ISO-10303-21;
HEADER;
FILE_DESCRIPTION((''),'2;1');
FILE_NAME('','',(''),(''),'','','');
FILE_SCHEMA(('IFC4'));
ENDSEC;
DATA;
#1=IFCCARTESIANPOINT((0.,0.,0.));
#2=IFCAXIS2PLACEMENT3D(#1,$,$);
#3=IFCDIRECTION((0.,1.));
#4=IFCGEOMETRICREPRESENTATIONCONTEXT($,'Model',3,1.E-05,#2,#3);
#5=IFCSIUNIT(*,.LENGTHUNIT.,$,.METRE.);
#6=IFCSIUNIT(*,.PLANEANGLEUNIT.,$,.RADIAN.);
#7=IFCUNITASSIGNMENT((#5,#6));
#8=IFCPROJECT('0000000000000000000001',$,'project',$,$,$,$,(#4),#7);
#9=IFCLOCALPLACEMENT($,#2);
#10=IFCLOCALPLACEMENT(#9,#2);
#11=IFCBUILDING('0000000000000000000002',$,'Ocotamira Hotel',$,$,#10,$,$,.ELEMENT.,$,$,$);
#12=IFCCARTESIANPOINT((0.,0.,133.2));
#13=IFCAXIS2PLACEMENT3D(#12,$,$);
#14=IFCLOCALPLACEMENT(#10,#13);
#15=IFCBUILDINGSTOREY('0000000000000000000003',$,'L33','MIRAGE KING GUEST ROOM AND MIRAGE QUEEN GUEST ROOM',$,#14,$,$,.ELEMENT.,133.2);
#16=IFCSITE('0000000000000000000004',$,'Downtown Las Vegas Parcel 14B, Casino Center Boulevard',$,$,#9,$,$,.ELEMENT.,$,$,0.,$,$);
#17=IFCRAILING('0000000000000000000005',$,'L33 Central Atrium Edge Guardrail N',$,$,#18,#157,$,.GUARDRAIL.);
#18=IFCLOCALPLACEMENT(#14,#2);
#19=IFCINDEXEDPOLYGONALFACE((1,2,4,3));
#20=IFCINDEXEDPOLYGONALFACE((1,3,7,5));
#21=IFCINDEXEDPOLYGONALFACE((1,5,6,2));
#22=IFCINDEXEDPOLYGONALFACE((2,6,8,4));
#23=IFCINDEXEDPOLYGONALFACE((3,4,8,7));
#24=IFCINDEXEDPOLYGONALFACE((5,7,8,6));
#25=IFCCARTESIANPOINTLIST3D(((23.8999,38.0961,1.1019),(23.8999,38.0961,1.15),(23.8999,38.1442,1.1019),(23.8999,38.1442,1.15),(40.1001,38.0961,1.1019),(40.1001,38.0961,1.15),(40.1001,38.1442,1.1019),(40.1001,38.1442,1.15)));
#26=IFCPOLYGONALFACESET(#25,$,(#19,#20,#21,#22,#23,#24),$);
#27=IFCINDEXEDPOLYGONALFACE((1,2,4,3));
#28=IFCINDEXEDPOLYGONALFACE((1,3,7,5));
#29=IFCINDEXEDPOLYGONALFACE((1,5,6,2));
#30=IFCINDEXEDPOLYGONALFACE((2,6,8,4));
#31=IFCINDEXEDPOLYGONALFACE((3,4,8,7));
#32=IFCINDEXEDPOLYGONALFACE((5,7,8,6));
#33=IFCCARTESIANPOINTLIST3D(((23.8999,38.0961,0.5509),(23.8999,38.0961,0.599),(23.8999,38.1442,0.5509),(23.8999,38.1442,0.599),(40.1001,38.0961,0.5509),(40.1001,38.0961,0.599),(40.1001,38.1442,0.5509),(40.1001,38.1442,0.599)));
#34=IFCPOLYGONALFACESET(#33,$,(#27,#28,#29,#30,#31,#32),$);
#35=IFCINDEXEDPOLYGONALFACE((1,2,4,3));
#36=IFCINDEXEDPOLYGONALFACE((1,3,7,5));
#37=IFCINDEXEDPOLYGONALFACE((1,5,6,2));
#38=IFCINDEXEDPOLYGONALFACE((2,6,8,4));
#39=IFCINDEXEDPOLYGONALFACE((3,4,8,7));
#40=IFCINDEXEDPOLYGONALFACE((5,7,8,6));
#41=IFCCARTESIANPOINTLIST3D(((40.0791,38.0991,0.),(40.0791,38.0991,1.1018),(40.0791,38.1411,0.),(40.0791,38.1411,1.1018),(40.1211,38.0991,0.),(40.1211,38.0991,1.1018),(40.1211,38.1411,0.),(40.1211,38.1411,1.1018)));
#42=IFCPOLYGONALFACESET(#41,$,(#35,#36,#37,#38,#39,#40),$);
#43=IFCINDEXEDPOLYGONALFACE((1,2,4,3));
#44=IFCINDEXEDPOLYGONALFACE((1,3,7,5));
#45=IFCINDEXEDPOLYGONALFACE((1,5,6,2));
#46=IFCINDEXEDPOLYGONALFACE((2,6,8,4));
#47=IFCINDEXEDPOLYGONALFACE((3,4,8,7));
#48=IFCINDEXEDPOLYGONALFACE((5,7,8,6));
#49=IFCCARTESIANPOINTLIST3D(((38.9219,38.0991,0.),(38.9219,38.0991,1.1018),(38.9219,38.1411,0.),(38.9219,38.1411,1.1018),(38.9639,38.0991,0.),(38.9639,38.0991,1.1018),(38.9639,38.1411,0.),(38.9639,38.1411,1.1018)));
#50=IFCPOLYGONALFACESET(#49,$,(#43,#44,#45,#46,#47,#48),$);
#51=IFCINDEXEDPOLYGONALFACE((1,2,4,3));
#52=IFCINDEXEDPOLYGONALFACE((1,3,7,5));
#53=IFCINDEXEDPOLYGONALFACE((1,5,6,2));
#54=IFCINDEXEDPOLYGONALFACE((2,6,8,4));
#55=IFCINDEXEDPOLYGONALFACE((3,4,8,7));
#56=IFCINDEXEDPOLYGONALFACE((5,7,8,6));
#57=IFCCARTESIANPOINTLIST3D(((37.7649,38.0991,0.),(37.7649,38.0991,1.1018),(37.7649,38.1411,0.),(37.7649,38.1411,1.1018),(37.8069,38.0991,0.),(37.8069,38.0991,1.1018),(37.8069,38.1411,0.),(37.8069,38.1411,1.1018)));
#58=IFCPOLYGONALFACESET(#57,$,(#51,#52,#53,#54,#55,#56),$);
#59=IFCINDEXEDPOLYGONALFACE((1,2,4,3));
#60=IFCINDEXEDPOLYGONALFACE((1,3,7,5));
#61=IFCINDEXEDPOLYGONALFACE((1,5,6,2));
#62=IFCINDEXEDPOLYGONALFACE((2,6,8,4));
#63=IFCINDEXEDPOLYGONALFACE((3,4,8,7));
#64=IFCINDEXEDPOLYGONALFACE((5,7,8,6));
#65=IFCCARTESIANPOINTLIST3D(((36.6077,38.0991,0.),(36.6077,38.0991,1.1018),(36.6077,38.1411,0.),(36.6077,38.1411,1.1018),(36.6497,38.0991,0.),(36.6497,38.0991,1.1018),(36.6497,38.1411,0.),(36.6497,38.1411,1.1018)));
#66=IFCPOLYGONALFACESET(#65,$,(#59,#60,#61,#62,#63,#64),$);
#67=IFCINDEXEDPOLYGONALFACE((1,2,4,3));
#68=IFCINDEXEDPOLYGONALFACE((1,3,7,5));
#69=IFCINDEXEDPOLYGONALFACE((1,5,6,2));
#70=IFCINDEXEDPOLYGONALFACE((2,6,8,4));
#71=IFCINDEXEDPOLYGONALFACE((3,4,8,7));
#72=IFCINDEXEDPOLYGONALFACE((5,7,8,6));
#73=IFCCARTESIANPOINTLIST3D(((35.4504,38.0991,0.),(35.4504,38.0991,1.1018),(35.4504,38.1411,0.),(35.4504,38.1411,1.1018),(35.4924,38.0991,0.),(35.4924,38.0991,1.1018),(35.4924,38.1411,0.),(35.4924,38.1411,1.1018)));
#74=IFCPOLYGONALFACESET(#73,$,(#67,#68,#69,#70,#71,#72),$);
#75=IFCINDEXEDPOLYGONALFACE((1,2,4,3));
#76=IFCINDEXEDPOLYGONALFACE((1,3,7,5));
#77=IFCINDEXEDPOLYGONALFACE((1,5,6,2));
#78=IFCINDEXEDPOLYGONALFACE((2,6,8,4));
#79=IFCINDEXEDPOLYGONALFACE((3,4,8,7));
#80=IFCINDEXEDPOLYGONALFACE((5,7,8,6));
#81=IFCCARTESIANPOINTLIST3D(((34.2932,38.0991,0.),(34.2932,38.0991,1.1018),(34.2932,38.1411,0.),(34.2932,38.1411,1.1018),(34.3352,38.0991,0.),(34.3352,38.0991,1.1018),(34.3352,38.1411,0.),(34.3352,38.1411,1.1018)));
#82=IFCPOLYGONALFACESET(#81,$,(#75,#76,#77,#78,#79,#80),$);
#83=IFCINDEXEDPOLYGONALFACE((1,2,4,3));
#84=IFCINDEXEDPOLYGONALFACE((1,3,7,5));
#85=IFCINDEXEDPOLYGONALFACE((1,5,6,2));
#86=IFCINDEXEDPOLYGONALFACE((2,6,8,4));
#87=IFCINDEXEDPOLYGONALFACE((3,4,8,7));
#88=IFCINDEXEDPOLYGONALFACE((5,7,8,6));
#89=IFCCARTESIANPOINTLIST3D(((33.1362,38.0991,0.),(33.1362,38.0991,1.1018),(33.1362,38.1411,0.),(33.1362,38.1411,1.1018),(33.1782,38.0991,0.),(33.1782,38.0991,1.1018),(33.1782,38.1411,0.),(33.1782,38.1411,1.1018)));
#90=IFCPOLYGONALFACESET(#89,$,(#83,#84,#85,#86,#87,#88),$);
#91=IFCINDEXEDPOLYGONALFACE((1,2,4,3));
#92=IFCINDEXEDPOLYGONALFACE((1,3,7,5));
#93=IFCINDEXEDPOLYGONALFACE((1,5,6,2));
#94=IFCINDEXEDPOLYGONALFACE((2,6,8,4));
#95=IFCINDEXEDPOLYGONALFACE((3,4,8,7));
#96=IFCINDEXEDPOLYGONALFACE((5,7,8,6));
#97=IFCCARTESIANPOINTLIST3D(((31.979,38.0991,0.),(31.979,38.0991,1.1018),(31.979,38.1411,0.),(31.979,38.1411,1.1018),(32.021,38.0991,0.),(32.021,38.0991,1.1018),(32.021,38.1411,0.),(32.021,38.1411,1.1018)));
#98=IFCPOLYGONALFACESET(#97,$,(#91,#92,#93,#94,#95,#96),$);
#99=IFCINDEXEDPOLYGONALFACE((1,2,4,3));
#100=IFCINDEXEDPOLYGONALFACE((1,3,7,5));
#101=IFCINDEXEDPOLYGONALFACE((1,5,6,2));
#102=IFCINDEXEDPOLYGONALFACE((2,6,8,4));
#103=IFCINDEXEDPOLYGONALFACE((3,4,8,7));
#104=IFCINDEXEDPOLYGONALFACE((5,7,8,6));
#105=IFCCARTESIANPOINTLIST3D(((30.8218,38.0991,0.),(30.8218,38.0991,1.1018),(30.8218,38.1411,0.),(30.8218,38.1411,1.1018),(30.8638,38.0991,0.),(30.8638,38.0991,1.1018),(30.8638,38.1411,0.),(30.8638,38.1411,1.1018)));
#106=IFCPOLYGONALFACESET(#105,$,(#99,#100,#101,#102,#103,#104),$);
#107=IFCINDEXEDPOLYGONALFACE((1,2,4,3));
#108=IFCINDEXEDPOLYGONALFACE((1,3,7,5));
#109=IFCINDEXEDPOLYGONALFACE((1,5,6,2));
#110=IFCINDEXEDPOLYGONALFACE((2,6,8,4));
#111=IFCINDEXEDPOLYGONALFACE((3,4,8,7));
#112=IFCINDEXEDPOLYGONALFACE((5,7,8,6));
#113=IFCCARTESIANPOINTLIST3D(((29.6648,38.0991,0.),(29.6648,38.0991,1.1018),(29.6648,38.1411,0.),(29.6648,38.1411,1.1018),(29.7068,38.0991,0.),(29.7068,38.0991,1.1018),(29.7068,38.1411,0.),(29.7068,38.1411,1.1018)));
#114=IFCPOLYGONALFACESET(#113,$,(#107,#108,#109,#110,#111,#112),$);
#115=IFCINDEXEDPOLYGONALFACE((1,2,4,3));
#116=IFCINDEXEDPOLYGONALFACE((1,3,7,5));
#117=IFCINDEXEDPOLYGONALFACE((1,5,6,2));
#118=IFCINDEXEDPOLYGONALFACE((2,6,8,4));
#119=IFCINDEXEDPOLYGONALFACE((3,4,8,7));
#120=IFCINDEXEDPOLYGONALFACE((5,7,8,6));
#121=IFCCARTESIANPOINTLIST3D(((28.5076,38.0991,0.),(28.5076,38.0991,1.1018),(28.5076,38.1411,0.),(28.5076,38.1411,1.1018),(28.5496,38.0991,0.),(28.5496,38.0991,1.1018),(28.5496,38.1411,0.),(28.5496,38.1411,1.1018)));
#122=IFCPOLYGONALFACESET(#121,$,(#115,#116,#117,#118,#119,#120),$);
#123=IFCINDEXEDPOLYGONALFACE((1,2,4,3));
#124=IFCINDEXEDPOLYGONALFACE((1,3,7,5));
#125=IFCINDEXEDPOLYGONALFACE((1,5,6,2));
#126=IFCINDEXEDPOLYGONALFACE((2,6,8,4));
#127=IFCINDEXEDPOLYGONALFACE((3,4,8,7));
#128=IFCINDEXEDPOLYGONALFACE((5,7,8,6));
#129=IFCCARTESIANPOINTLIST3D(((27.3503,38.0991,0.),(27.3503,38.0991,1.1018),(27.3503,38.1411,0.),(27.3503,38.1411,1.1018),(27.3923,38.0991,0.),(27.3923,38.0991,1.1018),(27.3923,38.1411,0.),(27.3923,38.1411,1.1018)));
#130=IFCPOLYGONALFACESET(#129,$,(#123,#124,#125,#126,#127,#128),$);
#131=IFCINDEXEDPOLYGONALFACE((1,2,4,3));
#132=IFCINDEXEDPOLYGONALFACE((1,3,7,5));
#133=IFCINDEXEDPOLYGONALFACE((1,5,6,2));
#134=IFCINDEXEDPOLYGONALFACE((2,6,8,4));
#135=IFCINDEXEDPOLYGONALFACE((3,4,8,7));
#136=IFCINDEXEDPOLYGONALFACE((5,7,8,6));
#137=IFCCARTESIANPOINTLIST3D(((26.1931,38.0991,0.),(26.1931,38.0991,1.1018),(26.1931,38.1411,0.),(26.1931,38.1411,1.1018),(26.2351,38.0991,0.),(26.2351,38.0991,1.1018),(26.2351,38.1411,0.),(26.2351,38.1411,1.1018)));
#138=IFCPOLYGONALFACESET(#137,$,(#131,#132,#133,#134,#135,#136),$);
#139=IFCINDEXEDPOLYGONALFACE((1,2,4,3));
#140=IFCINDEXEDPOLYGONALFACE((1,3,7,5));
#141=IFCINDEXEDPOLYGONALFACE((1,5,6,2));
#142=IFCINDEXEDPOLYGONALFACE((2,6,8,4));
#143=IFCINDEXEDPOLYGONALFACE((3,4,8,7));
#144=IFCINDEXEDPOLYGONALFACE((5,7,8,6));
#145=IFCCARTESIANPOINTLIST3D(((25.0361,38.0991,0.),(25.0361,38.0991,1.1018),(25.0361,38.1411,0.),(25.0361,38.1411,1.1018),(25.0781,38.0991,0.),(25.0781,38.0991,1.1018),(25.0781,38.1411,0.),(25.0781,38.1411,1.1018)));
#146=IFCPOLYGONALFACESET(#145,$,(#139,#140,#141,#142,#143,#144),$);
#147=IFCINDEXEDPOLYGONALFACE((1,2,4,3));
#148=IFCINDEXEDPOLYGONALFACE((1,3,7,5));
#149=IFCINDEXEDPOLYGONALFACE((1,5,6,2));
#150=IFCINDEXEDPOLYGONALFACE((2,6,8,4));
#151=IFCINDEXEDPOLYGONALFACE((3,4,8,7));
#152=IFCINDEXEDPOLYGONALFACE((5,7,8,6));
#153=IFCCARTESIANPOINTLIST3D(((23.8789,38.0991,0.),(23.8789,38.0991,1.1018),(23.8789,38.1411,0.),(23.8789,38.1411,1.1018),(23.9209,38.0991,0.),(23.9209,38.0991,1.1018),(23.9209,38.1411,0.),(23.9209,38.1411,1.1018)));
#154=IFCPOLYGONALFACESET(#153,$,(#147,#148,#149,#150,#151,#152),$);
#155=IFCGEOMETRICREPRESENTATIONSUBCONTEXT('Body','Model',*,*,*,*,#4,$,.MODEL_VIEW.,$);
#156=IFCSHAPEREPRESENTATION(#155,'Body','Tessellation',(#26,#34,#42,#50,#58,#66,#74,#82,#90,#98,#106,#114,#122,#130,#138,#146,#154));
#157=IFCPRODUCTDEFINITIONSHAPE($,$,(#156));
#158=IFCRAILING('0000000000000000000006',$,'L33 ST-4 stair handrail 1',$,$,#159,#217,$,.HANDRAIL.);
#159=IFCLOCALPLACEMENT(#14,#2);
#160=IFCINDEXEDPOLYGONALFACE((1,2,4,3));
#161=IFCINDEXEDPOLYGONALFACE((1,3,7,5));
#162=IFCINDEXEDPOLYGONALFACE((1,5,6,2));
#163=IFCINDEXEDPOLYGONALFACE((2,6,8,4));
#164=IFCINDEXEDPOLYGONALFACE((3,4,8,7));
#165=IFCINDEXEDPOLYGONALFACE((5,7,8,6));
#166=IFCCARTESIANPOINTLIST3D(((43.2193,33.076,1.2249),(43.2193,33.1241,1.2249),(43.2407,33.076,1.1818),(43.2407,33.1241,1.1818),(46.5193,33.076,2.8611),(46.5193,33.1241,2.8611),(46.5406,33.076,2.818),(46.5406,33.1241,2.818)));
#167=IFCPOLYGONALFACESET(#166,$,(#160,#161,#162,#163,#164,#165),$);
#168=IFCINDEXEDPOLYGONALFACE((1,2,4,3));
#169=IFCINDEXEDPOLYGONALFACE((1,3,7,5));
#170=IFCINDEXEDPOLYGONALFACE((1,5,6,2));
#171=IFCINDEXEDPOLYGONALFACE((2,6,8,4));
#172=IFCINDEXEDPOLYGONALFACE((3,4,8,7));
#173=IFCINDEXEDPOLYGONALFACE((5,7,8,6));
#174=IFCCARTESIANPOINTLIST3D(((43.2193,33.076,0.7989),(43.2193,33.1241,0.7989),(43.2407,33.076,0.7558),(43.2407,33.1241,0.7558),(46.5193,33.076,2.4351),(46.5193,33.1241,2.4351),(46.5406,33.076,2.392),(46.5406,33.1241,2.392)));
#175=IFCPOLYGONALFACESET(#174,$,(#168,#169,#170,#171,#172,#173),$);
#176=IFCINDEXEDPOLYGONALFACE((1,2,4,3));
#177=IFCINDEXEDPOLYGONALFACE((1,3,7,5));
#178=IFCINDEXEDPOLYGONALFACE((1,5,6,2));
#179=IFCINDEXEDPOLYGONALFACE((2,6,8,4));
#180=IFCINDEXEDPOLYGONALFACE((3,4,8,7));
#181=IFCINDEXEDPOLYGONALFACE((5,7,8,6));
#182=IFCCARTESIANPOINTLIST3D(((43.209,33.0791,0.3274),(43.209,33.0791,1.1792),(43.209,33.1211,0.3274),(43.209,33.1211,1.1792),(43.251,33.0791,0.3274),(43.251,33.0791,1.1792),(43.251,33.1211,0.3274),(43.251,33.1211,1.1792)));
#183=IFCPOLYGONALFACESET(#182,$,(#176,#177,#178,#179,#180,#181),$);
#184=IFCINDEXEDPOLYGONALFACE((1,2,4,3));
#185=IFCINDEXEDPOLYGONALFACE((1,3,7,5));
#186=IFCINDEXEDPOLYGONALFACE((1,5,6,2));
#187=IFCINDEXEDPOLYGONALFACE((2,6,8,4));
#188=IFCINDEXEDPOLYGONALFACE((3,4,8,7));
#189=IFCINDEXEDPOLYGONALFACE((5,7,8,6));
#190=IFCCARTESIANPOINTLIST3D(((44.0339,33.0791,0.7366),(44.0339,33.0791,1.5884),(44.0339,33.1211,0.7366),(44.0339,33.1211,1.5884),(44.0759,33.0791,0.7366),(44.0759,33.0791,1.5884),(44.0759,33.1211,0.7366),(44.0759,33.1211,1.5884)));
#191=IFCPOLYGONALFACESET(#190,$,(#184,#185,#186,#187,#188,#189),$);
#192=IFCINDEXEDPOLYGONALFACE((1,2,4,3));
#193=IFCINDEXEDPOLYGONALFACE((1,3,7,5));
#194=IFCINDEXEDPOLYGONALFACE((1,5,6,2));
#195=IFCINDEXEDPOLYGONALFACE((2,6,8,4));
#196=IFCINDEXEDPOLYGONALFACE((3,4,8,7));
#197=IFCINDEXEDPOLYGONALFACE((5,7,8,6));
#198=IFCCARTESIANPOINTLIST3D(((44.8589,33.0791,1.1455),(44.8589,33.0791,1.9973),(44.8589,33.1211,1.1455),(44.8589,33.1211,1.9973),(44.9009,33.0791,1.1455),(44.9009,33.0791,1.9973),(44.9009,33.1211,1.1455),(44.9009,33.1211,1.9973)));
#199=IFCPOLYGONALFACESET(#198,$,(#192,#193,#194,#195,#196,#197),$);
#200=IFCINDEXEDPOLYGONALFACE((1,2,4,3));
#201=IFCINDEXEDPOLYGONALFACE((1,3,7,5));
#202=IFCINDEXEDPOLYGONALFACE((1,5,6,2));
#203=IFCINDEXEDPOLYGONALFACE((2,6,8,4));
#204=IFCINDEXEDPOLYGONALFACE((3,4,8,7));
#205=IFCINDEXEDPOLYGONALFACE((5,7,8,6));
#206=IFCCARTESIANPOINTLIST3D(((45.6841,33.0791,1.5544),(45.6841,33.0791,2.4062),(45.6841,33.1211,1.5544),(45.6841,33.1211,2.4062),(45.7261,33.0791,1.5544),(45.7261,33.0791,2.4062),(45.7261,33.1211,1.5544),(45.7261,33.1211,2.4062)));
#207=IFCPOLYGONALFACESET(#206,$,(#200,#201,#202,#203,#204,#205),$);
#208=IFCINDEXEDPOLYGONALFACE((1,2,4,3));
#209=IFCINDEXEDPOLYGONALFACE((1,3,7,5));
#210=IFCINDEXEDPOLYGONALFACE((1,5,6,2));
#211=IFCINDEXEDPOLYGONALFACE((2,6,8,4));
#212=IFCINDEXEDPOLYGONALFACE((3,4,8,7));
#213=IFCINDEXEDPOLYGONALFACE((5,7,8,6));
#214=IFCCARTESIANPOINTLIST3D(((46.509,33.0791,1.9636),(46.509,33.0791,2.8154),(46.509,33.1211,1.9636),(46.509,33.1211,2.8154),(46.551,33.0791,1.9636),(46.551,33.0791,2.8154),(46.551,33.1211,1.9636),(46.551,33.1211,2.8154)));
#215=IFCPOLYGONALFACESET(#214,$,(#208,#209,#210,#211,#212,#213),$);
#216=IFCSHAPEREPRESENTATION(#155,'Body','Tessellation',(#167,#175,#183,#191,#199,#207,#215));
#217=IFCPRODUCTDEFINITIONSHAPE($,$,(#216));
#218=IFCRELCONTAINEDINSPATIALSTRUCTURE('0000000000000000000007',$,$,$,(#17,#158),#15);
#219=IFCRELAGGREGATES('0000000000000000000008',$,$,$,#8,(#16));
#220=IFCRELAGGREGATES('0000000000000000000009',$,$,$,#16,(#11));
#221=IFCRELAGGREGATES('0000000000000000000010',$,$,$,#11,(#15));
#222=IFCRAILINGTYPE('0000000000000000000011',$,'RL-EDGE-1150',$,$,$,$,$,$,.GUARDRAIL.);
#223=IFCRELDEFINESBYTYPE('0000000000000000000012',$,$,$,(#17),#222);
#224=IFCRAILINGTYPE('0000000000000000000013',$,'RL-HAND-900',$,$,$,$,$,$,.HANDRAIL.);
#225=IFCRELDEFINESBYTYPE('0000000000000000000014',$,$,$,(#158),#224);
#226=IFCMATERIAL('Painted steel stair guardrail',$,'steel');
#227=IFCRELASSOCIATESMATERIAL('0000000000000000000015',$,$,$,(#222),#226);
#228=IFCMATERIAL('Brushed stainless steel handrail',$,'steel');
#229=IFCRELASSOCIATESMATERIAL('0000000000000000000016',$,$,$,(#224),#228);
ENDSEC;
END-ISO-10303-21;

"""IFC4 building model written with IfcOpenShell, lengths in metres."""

from ifc_helpers import new_model, si_unit, direction, frame, origin, origin_2d, place, context, subcontext, project, spatial, rectangle, extrude, material, type_object, element, save


model = new_model("IFC4")

# Units and contexts
model_context = context("Model", 3, precision=1e-05, world=origin(), true_north=direction((0.0, 1.0)))
body_context = subcontext(model_context, "Body", "Model", "MODEL_VIEW")
ifc_project = project(units=[si_unit("LENGTHUNIT", "METRE"), si_unit("PLANEANGLEUNIT", "RADIAN")], contexts=[model_context])

# Site, building, storey
site_placement = place(None, origin())
site = spatial("IfcSite", under=ifc_project, at=site_placement, Name="Downtown Las Vegas Parcel 14B, Casino Center Boulevard", CompositionType="ELEMENT", RefElevation=0.0)
building_placement = place(site_placement, origin())
building = spatial("IfcBuilding", under=site, at=building_placement, Name="Ocotamira Hotel", CompositionType="ELEMENT")
storey_placement = place(building_placement, frame((0.0, 0.0, 133.2)))
storey = spatial("IfcBuildingStorey", under=building, at=storey_placement, Name="L33", Description="MIRAGE KING GUEST ROOM AND MIRAGE QUEEN GUEST ROOM", CompositionType="ELEMENT", Elevation=133.2)

# Railings
ifc_material_1 = material(Name="Painted steel stair guardrail", Category="steel")
railing_type_1 = type_object("IfcRailingType", Name="RL-EDGE-1150", PredefinedType="GUARDRAIL", material=ifc_material_1)
railing_1_placement = place(storey_placement, frame((40.1001, 38.1201, 0.0)))
element("IfcRailing", 1, at=railing_1_placement, inside=storey, type_object=railing_type_1, Name="L33 Central Atrium Edge Guardrail N", PredefinedType="GUARDRAIL", context=body_context, shape_type="SweptSolid", body=[
    extrude(rectangle(XDim=0.0481, YDim=0.0481, at=origin_2d()), frame((0.0, 0.0, 1.126), z_axis=(-1.0, 0.0, 0.0), x_axis=(0.0, -1.0, 0.0)), (0.0, 0.0, 1.0), 16.2002),
    extrude(rectangle(XDim=0.0481, YDim=0.0481, at=origin_2d()), frame((0.0, 0.0, 0.575), z_axis=(-1.0, 0.0, 0.0), x_axis=(0.0, -1.0, 0.0)), (0.0, 0.0, 1.0), 16.2002),
    extrude(rectangle(XDim=0.042, YDim=0.042, at=origin_2d()), origin(), (0.0, 0.0, 1.0), 1.1018),
    extrude(rectangle(XDim=0.042, YDim=0.042, at=origin_2d()), frame((-1.1572, 0.0, 0.0)), (0.0, 0.0, 1.0), 1.1018),
    extrude(rectangle(XDim=0.042, YDim=0.042, at=origin_2d()), frame((-2.3142, 0.0, 0.0)), (0.0, 0.0, 1.0), 1.1018),
    extrude(rectangle(XDim=0.042, YDim=0.042, at=origin_2d()), frame((-3.4714, 0.0, 0.0)), (0.0, 0.0, 1.0), 1.1018),
    extrude(rectangle(XDim=0.042, YDim=0.042, at=origin_2d()), frame((-4.6287, 0.0, 0.0)), (0.0, 0.0, 1.0), 1.1018),
    extrude(rectangle(XDim=0.042, YDim=0.042, at=origin_2d()), frame((-5.7859, 0.0, 0.0)), (0.0, 0.0, 1.0), 1.1018),
    extrude(rectangle(XDim=0.042, YDim=0.042, at=origin_2d()), frame((-6.9429, 0.0, 0.0)), (0.0, 0.0, 1.0), 1.1018),
    extrude(rectangle(XDim=0.042, YDim=0.042, at=origin_2d()), frame((-8.1001, 0.0, 0.0)), (0.0, 0.0, 1.0), 1.1018),
    extrude(rectangle(XDim=0.042, YDim=0.042, at=origin_2d()), frame((-9.2573, 0.0, 0.0)), (0.0, 0.0, 1.0), 1.1018),
    extrude(rectangle(XDim=0.042, YDim=0.042, at=origin_2d()), frame((-10.4143, 0.0, 0.0)), (0.0, 0.0, 1.0), 1.1018),
    extrude(rectangle(XDim=0.042, YDim=0.042, at=origin_2d()), frame((-11.5715, 0.0, 0.0)), (0.0, 0.0, 1.0), 1.1018),
    extrude(rectangle(XDim=0.042, YDim=0.042, at=origin_2d()), frame((-12.7288, 0.0, 0.0)), (0.0, 0.0, 1.0), 1.1018),
    extrude(rectangle(XDim=0.042, YDim=0.042, at=origin_2d()), frame((-13.886, 0.0, 0.0)), (0.0, 0.0, 1.0), 1.1018),
    extrude(rectangle(XDim=0.042, YDim=0.042, at=origin_2d()), frame((-15.043, 0.0, 0.0)), (0.0, 0.0, 1.0), 1.1018),
    extrude(rectangle(XDim=0.042, YDim=0.042, at=origin_2d()), frame((-16.2002, 0.0, 0.0)), (0.0, 0.0, 1.0), 1.1018),
])
ifc_material_2 = material(Name="Brushed stainless steel handrail", Category="steel")
railing_type_2 = type_object("IfcRailingType", Name="RL-HAND-900", PredefinedType="HANDRAIL", material=ifc_material_2)
railing_2_placement = place(storey_placement, frame((43.23, 33.1001, 0.3274)))
element("IfcRailing", 2, at=railing_2_placement, inside=storey, type_object=railing_type_2, Name="L33 ST-4 stair handrail 1", PredefinedType="HANDRAIL", context=body_context, shape_type="SweptSolid", body=[
    extrude(rectangle(XDim=0.0481, YDim=0.0481, at=origin_2d()), frame((0.0, 0.0, 0.876), z_axis=(0.89592, 0.0, 0.444215), x_axis=(0.0, 1.0, 0.0)), (0.0, 0.0, 1.0), 3.6833),
    extrude(rectangle(XDim=0.0481, YDim=0.0481, at=origin_2d()), frame((0.0, 0.0, 0.45), z_axis=(0.89592, 0.0, 0.444215), x_axis=(0.0, 1.0, 0.0)), (0.0, 0.0, 1.0), 3.6833),
    extrude(rectangle(XDim=0.042, YDim=0.042, at=origin_2d()), origin(), (0.0, 0.0, 1.0), 0.8518),
    extrude(rectangle(XDim=0.042, YDim=0.042, at=origin_2d()), frame((0.825, 0.0, 0.4092)), (0.0, 0.0, 1.0), 0.8518),
    extrude(rectangle(XDim=0.042, YDim=0.042, at=origin_2d()), frame((1.6499, 0.0, 0.8181)), (0.0, 0.0, 1.0), 0.8518),
    extrude(rectangle(XDim=0.042, YDim=0.042, at=origin_2d()), frame((2.4751, 0.0, 1.2271)), (0.0, 0.0, 1.0), 0.8518),
    extrude(rectangle(XDim=0.042, YDim=0.042, at=origin_2d()), frame((3.3, 0.0, 1.6362)), (0.0, 0.0, 1.0), 0.8518),
])

save(model, "model.ifc")
